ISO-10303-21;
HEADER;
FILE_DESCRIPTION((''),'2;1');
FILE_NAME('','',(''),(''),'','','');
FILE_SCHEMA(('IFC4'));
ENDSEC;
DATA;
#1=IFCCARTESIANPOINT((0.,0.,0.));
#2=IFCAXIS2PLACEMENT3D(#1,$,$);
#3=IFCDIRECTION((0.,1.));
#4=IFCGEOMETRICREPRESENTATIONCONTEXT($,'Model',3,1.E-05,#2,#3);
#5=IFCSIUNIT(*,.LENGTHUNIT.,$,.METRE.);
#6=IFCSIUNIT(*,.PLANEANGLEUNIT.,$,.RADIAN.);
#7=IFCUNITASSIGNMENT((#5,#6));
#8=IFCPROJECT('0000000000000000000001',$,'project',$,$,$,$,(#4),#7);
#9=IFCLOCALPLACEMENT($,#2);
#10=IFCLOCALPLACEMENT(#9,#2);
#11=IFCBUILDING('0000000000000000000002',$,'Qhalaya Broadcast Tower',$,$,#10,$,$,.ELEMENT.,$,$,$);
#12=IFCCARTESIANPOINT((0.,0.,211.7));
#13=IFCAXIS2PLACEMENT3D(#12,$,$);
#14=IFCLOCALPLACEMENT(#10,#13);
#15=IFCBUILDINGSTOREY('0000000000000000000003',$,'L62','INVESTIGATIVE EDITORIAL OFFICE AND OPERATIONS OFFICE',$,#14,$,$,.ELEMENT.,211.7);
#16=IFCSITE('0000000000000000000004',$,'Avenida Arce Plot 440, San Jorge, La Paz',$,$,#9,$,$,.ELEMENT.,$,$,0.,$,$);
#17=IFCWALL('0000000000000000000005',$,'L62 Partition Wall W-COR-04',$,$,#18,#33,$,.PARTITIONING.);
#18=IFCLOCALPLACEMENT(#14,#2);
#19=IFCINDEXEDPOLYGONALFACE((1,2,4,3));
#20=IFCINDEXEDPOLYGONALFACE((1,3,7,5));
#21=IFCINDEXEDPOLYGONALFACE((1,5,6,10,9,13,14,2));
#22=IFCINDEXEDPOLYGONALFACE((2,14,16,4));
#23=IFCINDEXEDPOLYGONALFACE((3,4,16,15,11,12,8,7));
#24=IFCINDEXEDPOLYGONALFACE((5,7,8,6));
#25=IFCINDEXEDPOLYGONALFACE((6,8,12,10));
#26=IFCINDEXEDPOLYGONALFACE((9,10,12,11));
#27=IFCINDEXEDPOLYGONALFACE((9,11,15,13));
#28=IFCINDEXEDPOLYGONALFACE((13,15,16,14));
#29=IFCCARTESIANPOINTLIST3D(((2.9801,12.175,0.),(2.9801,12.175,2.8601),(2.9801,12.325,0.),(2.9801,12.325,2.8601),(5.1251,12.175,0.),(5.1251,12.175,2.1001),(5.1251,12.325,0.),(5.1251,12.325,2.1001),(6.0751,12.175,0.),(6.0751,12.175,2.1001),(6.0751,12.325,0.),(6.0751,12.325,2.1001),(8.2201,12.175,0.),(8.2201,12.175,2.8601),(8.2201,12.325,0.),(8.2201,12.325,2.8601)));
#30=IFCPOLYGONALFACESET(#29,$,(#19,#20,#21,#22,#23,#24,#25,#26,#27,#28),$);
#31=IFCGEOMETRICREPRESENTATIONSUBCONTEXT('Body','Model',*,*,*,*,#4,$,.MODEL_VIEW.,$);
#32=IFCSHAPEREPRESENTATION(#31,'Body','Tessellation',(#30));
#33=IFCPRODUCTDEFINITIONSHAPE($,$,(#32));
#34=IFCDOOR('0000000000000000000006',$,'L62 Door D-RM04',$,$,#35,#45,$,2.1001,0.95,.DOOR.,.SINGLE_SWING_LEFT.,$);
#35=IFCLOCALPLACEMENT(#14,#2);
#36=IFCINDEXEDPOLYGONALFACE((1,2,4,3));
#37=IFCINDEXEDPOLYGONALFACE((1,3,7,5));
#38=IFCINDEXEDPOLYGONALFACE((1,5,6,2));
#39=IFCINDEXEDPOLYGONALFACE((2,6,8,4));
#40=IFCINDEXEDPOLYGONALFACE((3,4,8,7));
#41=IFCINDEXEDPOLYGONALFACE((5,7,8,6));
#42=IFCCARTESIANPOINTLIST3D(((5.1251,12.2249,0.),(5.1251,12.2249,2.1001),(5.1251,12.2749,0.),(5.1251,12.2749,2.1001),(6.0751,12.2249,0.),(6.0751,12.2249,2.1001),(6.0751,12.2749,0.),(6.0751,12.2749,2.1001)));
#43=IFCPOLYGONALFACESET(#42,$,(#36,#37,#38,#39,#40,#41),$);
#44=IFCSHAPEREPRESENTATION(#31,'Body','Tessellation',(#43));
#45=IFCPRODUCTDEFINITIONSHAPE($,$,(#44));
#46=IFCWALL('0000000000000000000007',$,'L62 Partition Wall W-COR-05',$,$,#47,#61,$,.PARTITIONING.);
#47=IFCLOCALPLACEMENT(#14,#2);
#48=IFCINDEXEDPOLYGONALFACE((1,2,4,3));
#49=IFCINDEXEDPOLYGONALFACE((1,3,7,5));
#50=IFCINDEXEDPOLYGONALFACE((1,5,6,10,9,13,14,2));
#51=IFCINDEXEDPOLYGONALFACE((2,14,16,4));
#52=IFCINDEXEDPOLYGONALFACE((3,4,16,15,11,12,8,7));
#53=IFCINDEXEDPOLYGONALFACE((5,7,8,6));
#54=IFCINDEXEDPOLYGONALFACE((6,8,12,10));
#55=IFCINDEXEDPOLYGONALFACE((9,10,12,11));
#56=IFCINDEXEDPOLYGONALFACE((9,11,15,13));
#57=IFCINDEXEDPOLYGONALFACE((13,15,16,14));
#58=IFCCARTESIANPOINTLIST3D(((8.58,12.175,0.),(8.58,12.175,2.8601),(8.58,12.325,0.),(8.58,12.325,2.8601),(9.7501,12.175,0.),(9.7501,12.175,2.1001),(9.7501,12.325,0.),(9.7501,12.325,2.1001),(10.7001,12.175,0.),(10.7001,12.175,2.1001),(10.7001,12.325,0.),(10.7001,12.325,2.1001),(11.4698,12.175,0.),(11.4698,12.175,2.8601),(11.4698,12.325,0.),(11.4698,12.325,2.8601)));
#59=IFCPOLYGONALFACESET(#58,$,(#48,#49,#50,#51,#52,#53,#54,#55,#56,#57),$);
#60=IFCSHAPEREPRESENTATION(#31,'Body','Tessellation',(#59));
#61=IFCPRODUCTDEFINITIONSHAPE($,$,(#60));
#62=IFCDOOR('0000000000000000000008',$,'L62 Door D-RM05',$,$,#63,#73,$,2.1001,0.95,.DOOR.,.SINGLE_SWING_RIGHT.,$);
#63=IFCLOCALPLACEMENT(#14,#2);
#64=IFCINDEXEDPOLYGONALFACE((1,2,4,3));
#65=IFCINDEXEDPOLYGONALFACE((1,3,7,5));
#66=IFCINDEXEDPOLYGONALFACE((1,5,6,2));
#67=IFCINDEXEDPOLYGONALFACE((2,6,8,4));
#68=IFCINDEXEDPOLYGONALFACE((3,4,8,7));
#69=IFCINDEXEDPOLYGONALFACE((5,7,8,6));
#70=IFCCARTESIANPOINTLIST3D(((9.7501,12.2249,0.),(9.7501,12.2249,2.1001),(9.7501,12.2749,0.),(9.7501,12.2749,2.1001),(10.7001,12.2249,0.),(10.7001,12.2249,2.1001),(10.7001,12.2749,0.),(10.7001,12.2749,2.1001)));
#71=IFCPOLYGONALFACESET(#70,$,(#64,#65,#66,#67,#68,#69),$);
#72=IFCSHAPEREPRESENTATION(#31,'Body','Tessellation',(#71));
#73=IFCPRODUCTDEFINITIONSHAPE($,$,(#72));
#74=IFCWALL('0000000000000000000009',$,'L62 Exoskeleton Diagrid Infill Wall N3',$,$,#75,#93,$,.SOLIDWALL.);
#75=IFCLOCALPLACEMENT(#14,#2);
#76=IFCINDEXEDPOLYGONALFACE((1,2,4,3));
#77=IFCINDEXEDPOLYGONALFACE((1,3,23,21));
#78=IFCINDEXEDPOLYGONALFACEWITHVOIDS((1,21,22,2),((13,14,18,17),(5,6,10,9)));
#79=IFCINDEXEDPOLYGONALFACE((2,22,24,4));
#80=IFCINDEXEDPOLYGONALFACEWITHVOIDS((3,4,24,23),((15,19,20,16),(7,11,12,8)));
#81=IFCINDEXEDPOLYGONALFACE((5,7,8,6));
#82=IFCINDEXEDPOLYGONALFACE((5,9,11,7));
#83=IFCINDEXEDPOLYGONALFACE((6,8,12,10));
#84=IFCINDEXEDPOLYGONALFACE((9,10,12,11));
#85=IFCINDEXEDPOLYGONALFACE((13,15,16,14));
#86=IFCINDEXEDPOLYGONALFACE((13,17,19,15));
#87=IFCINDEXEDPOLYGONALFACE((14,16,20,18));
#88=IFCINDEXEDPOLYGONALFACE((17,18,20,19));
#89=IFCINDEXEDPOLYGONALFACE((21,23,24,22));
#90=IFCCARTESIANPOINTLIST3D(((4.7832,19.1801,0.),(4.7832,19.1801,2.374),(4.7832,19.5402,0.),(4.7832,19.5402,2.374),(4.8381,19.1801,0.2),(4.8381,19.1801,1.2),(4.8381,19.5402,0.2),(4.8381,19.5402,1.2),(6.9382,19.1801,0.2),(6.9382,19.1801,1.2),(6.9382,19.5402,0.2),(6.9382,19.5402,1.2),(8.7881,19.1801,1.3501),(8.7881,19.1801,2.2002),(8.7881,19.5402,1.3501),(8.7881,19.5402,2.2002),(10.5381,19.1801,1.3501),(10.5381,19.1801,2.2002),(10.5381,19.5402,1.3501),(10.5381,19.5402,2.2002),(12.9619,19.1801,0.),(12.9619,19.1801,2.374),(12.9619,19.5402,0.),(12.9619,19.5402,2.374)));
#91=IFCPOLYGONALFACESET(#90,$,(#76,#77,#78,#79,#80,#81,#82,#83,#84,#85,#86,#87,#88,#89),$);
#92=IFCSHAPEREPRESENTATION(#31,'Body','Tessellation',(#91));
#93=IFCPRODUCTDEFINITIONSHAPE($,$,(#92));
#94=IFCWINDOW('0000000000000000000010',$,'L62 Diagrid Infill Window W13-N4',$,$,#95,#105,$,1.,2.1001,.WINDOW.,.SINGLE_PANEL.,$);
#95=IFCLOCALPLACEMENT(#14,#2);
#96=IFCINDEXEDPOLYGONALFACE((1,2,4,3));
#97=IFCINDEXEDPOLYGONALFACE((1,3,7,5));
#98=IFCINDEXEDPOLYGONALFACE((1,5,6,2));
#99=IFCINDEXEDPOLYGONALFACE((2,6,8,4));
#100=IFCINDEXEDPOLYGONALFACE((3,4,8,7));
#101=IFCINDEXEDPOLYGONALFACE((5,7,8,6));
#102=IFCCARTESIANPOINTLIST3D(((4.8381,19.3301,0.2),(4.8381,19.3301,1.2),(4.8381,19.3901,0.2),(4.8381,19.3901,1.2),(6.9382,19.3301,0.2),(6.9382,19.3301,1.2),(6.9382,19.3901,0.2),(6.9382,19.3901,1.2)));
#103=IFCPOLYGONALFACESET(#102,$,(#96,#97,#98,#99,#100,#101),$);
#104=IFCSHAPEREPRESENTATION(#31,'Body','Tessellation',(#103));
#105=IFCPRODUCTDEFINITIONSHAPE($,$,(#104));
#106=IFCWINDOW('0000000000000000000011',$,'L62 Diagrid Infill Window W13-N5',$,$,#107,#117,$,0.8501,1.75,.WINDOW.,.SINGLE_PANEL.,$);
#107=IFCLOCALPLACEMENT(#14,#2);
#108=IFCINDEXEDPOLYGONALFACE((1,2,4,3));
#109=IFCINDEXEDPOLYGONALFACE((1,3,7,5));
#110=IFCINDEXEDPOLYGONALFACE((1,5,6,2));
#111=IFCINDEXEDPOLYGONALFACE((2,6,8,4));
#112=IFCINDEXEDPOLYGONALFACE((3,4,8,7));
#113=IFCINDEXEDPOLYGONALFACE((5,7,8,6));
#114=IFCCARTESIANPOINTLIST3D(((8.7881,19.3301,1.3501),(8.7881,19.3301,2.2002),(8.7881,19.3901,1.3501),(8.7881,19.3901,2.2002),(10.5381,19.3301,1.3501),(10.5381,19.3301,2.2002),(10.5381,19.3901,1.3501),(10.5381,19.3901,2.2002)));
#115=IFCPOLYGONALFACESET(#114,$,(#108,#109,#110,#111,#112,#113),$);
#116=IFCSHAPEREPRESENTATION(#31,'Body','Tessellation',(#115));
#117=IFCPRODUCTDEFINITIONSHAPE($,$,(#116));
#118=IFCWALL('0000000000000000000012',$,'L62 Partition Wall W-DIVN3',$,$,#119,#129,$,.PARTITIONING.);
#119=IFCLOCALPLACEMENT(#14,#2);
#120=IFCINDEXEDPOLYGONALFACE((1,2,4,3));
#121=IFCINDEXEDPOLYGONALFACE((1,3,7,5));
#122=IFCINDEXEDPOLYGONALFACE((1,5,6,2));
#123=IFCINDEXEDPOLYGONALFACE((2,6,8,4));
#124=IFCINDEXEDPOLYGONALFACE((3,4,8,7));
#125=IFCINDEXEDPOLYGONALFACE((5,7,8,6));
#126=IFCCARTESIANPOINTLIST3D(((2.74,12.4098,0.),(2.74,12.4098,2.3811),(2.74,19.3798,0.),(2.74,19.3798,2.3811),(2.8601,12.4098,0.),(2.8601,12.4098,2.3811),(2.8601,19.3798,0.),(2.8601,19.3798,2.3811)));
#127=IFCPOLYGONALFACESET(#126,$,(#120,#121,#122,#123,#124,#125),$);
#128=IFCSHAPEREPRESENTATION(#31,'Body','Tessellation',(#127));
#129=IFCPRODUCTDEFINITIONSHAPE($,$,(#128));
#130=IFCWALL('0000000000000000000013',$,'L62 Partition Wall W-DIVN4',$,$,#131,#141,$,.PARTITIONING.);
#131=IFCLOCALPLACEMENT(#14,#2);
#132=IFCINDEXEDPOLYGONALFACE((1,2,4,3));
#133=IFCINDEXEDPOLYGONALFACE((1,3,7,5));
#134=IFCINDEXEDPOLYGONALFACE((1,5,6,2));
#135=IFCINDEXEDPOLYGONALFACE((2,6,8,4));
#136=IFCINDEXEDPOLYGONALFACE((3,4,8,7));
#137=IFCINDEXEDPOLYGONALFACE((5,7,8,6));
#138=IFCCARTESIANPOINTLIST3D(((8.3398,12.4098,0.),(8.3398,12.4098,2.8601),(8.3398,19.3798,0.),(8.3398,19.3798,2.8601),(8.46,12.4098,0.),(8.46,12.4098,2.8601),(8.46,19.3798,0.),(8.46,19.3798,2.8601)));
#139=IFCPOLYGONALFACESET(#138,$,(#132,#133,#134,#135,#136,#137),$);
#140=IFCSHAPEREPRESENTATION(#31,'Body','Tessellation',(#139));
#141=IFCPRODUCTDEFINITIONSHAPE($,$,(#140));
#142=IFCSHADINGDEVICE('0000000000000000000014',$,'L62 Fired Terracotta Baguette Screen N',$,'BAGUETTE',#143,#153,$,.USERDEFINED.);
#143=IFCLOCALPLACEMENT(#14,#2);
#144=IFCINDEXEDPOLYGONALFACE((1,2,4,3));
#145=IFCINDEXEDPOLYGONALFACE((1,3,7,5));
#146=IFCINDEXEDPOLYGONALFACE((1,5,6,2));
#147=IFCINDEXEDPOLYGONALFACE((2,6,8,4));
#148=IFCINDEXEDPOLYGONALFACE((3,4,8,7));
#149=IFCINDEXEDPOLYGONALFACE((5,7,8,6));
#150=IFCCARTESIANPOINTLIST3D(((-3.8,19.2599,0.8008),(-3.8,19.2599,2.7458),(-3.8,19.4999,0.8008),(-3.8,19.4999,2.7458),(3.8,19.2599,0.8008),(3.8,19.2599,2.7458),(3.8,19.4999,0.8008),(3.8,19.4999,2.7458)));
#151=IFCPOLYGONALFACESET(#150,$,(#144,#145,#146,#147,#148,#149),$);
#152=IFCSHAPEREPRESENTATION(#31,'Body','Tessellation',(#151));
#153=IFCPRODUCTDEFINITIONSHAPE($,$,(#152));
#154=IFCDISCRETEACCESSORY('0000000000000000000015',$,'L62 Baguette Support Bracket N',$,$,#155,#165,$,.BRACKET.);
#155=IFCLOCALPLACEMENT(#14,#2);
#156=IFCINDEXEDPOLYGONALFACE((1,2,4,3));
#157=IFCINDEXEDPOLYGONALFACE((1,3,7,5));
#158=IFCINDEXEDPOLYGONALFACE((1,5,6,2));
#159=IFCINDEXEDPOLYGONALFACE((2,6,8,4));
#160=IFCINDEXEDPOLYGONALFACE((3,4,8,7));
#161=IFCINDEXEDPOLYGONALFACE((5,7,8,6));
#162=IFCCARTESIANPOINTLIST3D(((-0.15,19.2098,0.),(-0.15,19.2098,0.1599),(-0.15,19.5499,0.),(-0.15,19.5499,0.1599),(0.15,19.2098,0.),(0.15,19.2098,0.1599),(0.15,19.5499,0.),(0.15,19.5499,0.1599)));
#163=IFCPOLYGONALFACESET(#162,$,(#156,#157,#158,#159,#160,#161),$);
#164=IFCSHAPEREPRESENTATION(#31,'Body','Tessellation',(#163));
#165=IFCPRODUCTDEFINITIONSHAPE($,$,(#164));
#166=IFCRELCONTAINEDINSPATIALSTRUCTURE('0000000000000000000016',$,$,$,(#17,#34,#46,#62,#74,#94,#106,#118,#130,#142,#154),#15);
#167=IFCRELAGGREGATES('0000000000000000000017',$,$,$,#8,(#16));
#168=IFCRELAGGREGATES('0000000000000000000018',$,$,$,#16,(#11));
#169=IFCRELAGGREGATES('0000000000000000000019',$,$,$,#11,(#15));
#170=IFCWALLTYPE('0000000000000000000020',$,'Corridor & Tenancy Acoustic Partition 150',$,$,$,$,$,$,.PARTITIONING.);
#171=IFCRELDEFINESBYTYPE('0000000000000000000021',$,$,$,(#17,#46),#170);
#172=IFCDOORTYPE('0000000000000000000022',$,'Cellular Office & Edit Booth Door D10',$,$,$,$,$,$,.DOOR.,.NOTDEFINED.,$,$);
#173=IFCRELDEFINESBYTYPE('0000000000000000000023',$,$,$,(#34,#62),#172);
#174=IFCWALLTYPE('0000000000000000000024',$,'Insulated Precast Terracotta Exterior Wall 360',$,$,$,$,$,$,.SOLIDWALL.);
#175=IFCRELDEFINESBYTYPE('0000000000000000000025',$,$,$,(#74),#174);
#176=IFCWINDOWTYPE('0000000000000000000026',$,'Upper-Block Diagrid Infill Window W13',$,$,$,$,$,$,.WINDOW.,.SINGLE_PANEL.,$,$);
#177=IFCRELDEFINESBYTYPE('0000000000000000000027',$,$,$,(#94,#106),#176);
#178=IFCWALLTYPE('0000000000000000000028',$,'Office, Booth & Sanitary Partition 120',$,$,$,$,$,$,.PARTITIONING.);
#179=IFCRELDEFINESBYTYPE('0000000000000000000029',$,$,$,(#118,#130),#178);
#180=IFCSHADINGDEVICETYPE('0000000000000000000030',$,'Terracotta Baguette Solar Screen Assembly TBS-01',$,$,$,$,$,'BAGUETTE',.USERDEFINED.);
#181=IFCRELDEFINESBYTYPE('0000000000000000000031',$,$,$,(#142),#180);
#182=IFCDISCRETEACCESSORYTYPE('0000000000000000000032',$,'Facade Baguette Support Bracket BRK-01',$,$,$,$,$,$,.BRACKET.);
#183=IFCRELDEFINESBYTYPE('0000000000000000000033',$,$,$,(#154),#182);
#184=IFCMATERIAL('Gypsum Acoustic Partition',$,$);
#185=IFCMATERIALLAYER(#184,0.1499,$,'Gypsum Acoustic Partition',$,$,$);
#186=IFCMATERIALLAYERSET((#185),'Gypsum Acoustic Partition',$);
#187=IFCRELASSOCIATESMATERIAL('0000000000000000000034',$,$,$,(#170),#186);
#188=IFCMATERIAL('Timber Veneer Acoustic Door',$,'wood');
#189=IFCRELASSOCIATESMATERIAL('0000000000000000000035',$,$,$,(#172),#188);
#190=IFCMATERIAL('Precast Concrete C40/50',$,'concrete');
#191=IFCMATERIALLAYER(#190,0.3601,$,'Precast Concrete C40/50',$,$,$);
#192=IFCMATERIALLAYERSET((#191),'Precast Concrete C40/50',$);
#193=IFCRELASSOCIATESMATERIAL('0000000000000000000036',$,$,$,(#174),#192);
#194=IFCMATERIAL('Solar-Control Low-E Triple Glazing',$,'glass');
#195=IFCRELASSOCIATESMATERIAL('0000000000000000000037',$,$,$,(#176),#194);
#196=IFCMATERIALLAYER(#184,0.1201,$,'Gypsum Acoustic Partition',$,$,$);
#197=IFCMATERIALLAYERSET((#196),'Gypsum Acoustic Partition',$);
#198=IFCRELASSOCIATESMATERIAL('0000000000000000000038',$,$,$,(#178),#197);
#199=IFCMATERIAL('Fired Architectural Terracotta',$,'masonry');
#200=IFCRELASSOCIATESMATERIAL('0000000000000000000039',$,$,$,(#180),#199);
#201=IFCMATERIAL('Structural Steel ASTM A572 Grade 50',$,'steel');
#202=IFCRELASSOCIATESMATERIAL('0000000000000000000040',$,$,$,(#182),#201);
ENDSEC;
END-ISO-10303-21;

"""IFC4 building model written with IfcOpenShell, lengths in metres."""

from ifc_helpers import new_model, si_unit, direction, frame, frame_2d, origin, origin_2d, place, context, subcontext, project, spatial, rectangle, extrude, material, layer, layer_set, type_object, element, fill, save


model = new_model("IFC4")

# Units and contexts
model_context = context("Model", 3, precision=1e-05, world=origin(), true_north=direction((0.0, 1.0)))
body_context = subcontext(model_context, "Body", "Model", "MODEL_VIEW")
ifc_project = project(units=[si_unit("LENGTHUNIT", "METRE"), si_unit("PLANEANGLEUNIT", "RADIAN")], contexts=[model_context])

# Site, building, storey
site_placement = place(None, origin())
site = spatial("IfcSite", under=ifc_project, at=site_placement, Name="Avenida Arce Plot 440, San Jorge, La Paz", CompositionType="ELEMENT", RefElevation=0.0)
building_placement = place(site_placement, origin())
building = spatial("IfcBuilding", under=site, at=building_placement, Name="Qhalaya Broadcast Tower", CompositionType="ELEMENT")
storey_placement = place(building_placement, frame((0.0, 0.0, 211.7)))
storey = spatial("IfcBuildingStorey", under=building, at=storey_placement, Name="L62", Description="INVESTIGATIVE EDITORIAL OFFICE AND OPERATIONS OFFICE", CompositionType="ELEMENT", Elevation=211.7)

# Shared definitions
ifc_material_1 = material(Name="Structural Steel ASTM A572 Grade 50", Category="steel")

# Walls, openings, doors
ifc_material_2 = material(Name="Gypsum Acoustic Partition")
ifc_layer_1 = layer(ifc_material_2, 0.1499, Name="Gypsum Acoustic Partition")
ifc_layer_set_1 = layer_set([ifc_layer_1], Name="Gypsum Acoustic Partition")
wall_type_1 = type_object("IfcWallType", Name="Corridor & Tenancy Acoustic Partition 150", PredefinedType="PARTITIONING", material=ifc_layer_set_1)
wall_1_placement = place(storey_placement, frame((2.98, 12.25, 0.0), z_axis=(0.0, 0.0, 1.0), x_axis=(1.0, 0.0, 0.0)))
wall_1 = element("IfcWall", 1, at=wall_1_placement, inside=storey, type_object=wall_type_1, Name="L62 Partition Wall W-COR-04", PredefinedType="PARTITIONING", context=body_context, shape_type="SweptSolid", body=[
    extrude(rectangle(XDim=5.24, YDim=0.1499, at=frame_2d((2.6201, 0.0))), origin(), (0.0, 0.0, 1.0), 2.8601),
])
opening_1_placement = place(wall_1_placement, frame((2.145, 0.0, 0.0)))
opening_1 = element("IfcOpeningElement", 2, at=opening_1_placement, cuts=wall_1, PredefinedType="OPENING", context=body_context, shape_type="SweptSolid", body=[
    extrude(rectangle(XDim=0.95, YDim=2.1001, at=frame_2d((0.4751, 1.05))), frame((0.0, 0.0869, 0.0), z_axis=(0.0, -1.0, 0.0), x_axis=(1.0, 0.0, 0.0)), (0.0, 0.0, 1.0), 0.1738),
])
ifc_material_3 = material(Name="Timber Veneer Acoustic Door", Category="wood")
door_type = type_object("IfcDoorType", Name="Cellular Office & Edit Booth Door D10", OperationType="NOTDEFINED", PredefinedType="DOOR", material=ifc_material_3)
door_1_placement = place(opening_1_placement, origin())
door_1 = element("IfcDoor", 3, at=door_1_placement, inside=storey, type_object=door_type, Name="L62 Door D-RM04", OperationType="SINGLE_SWING_LEFT", OverallHeight=2.1001, OverallWidth=0.95, PredefinedType="DOOR", context=body_context, shape_type="SweptSolid", body=[
    extrude(rectangle(XDim=0.95, YDim=2.1001, at=frame_2d((0.4751, 1.05))), frame((0.0, 0.0249, 0.0), z_axis=(0.0, -1.0, 0.0), x_axis=(1.0, 0.0, 0.0)), (0.0, 0.0, 1.0), 0.05),
])
fill(opening_1, door_1)
wall_2_placement = place(storey_placement, frame((8.5801, 12.25, 0.0), z_axis=(0.0, 0.0, 1.0), x_axis=(1.0, 0.0, 0.0)))
wall_2 = element("IfcWall", 4, at=wall_2_placement, inside=storey, type_object=wall_type_1, Name="L62 Partition Wall W-COR-05", PredefinedType="PARTITIONING", context=body_context, shape_type="SweptSolid", body=[
    extrude(rectangle(XDim=2.8899, YDim=0.1499, at=frame_2d((1.4448, 0.0))), origin(), (0.0, 0.0, 1.0), 2.8601),
])
opening_2_placement = place(wall_2_placement, frame((1.1699, 0.0, 0.0)))
opening_2 = element("IfcOpeningElement", 5, at=opening_2_placement, cuts=wall_2, PredefinedType="OPENING", context=body_context, shape_type="SweptSolid", body=[
    extrude(rectangle(XDim=0.95, YDim=2.1001, at=frame_2d((0.4751, 1.05))), frame((0.0, 0.0869, 0.0), z_axis=(0.0, -1.0, 0.0), x_axis=(1.0, 0.0, 0.0)), (0.0, 0.0, 1.0), 0.1738),
])
door_2_placement = place(opening_2_placement, origin())
door_2 = element("IfcDoor", 6, at=door_2_placement, inside=storey, type_object=door_type, Name="L62 Door D-RM05", OperationType="SINGLE_SWING_RIGHT", OverallHeight=2.1001, OverallWidth=0.95, PredefinedType="DOOR", context=body_context, shape_type="SweptSolid", body=[
    extrude(rectangle(XDim=0.95, YDim=2.1001, at=frame_2d((0.4751, 1.05))), frame((0.0, 0.0249, 0.0), z_axis=(0.0, -1.0, 0.0), x_axis=(1.0, 0.0, 0.0)), (0.0, 0.0, 1.0), 0.05),
])
fill(opening_2, door_2)

# Wall, openings, windows
ifc_material_4 = material(Name="Precast Concrete C40/50", Category="concrete")
ifc_layer_2 = layer(ifc_material_4, 0.3601, Name="Precast Concrete C40/50")
ifc_layer_set_2 = layer_set([ifc_layer_2], Name="Precast Concrete C40/50")
wall_type_2 = type_object("IfcWallType", Name="Insulated Precast Terracotta Exterior Wall 360", PredefinedType="SOLIDWALL", material=ifc_layer_set_2)
wall_3_placement = place(storey_placement, frame((4.7832, 19.3601, 0.0), z_axis=(0.0, 0.0, 1.0), x_axis=(1.0, 0.0, 0.0)))
wall_3 = element("IfcWall", 7, at=wall_3_placement, inside=storey, type_object=wall_type_2, Name="L62 Exoskeleton Diagrid Infill Wall N3", PredefinedType="SOLIDWALL", context=body_context, shape_type="SweptSolid", body=[
    extrude(rectangle(XDim=8.1787, YDim=0.3601, at=frame_2d((4.0894, 0.0))), origin(), (0.0, 0.0, 1.0), 2.374),
])
opening_3_placement = place(wall_3_placement, frame((0.0549, 0.0, 0.2)))
opening_3 = element("IfcOpeningElement", 8, at=opening_3_placement, cuts=wall_3, PredefinedType="OPENING", context=body_context, shape_type="SweptSolid", body=[
    extrude(rectangle(XDim=2.1001, YDim=1.0, at=frame_2d((1.05, 0.5))), frame((0.0, 0.1921, 0.0), z_axis=(0.0, -1.0, 0.0), x_axis=(1.0, 0.0, 0.0)), (0.0, 0.0, 1.0), 0.384),
])
opening_4_placement = place(wall_3_placement, frame((4.0049, 0.0, 1.3501)))
opening_4 = element("IfcOpeningElement", 9, at=opening_4_placement, cuts=wall_3, PredefinedType="OPENING", context=body_context, shape_type="SweptSolid", body=[
    extrude(rectangle(XDim=1.75, YDim=0.8501, at=frame_2d((0.875, 0.425))), frame((0.0, 0.1921, 0.0), z_axis=(0.0, -1.0, 0.0), x_axis=(1.0, 0.0, 0.0)), (0.0, 0.0, 1.0), 0.384),
])
ifc_material_5 = material(Name="Solar-Control Low-E Triple Glazing", Category="glass")
window_type = type_object("IfcWindowType", Name="Upper-Block Diagrid Infill Window W13", PartitioningType="SINGLE_PANEL", PredefinedType="WINDOW", material=ifc_material_5)
window_1_placement = place(opening_3_placement, origin())
window_1 = element("IfcWindow", 10, at=window_1_placement, inside=storey, type_object=window_type, Name="L62 Diagrid Infill Window W13-N4", OverallHeight=1.0, OverallWidth=2.1001, PartitioningType="SINGLE_PANEL", PredefinedType="WINDOW", context=body_context, shape_type="SweptSolid", body=[
    extrude(rectangle(XDim=2.1001, YDim=1.0, at=frame_2d((1.05, 0.5))), frame((0.0, 0.03, 0.0), z_axis=(0.0, -1.0, 0.0), x_axis=(1.0, 0.0, 0.0)), (0.0, 0.0, 1.0), 0.0601),
])
fill(opening_3, window_1)
window_2_placement = place(opening_4_placement, origin())
window_2 = element("IfcWindow", 11, at=window_2_placement, inside=storey, type_object=window_type, Name="L62 Diagrid Infill Window W13-N5", OverallHeight=0.8501, OverallWidth=1.75, PartitioningType="SINGLE_PANEL", PredefinedType="WINDOW", context=body_context, shape_type="SweptSolid", body=[
    extrude(rectangle(XDim=1.75, YDim=0.8501, at=frame_2d((0.875, 0.425))), frame((0.0, 0.03, 0.0), z_axis=(0.0, -1.0, 0.0), x_axis=(1.0, 0.0, 0.0)), (0.0, 0.0, 1.0), 0.0601),
])
fill(opening_4, window_2)

# Walls
ifc_layer_3 = layer(ifc_material_2, 0.1201, Name="Gypsum Acoustic Partition")
ifc_layer_set_3 = layer_set([ifc_layer_3], Name="Gypsum Acoustic Partition")
wall_type_3 = type_object("IfcWallType", Name="Office, Booth & Sanitary Partition 120", PredefinedType="PARTITIONING", material=ifc_layer_set_3)
wall_4_placement = place(storey_placement, frame((2.8, 12.4099, 0.0), z_axis=(0.0, 0.0, 1.0), x_axis=(0.0, 1.0, 0.0)))
element("IfcWall", 12, at=wall_4_placement, inside=storey, type_object=wall_type_3, Name="L62 Partition Wall W-DIVN3", PredefinedType="PARTITIONING", context=body_context, shape_type="SweptSolid", body=[
    extrude(rectangle(XDim=6.97, YDim=0.1201, at=frame_2d((3.4849, 0.0))), origin(), (0.0, 0.0, 1.0), 2.3811),
])
wall_5_placement = place(storey_placement, frame((8.3999, 12.4099, 0.0), z_axis=(0.0, 0.0, 1.0), x_axis=(0.0, 1.0, 0.0)))
element("IfcWall", 13, at=wall_5_placement, inside=storey, type_object=wall_type_3, Name="L62 Partition Wall W-DIVN4", PredefinedType="PARTITIONING", context=body_context, shape_type="SweptSolid", body=[
    extrude(rectangle(XDim=6.97, YDim=0.1201, at=frame_2d((3.4849, 0.0))), origin(), (0.0, 0.0, 1.0), 2.8601),
])

# Shading device
ifc_material_6 = material(Name="Fired Architectural Terracotta", Category="masonry")
shading_device_type = type_object("IfcShadingDeviceType", Name="Terracotta Baguette Solar Screen Assembly TBS-01", ElementType="BAGUETTE", PredefinedType="USERDEFINED", material=ifc_material_6)
shading_device_placement = place(storey_placement, frame((0.0, 19.3799, 0.8008), z_axis=(0.0, 0.0, 1.0), x_axis=(-1.0, 0.0, 0.0)))
element("IfcShadingDevice", 14, at=shading_device_placement, inside=storey, type_object=shading_device_type, Name="L62 Fired Terracotta Baguette Screen N", ObjectType="BAGUETTE", PredefinedType="USERDEFINED", context=body_context, shape_type="SweptSolid", body=[
    extrude(rectangle(XDim=7.6001, YDim=0.24, at=origin_2d()), origin(), (0.0, 0.0, 1.0), 1.9451),
])

# Discrete accessory
discrete_accessory_type = type_object("IfcDiscreteAccessoryType", Name="Facade Baguette Support Bracket BRK-01", PredefinedType="BRACKET", material=ifc_material_1)
discrete_accessory_placement = place(storey_placement, frame((0.0, 19.3799, 0.0), z_axis=(0.0, 0.0, 1.0), x_axis=(-1.0, 0.0, 0.0)))
element("IfcDiscreteAccessory", 15, at=discrete_accessory_placement, inside=storey, type_object=discrete_accessory_type, Name="L62 Baguette Support Bracket N", PredefinedType="BRACKET", context=body_context, shape_type="SweptSolid", body=[
    extrude(rectangle(XDim=0.3, YDim=0.3401, at=origin_2d()), origin(), (0.0, 0.0, 1.0), 0.1599),
])

save(model, "model.ifc")
